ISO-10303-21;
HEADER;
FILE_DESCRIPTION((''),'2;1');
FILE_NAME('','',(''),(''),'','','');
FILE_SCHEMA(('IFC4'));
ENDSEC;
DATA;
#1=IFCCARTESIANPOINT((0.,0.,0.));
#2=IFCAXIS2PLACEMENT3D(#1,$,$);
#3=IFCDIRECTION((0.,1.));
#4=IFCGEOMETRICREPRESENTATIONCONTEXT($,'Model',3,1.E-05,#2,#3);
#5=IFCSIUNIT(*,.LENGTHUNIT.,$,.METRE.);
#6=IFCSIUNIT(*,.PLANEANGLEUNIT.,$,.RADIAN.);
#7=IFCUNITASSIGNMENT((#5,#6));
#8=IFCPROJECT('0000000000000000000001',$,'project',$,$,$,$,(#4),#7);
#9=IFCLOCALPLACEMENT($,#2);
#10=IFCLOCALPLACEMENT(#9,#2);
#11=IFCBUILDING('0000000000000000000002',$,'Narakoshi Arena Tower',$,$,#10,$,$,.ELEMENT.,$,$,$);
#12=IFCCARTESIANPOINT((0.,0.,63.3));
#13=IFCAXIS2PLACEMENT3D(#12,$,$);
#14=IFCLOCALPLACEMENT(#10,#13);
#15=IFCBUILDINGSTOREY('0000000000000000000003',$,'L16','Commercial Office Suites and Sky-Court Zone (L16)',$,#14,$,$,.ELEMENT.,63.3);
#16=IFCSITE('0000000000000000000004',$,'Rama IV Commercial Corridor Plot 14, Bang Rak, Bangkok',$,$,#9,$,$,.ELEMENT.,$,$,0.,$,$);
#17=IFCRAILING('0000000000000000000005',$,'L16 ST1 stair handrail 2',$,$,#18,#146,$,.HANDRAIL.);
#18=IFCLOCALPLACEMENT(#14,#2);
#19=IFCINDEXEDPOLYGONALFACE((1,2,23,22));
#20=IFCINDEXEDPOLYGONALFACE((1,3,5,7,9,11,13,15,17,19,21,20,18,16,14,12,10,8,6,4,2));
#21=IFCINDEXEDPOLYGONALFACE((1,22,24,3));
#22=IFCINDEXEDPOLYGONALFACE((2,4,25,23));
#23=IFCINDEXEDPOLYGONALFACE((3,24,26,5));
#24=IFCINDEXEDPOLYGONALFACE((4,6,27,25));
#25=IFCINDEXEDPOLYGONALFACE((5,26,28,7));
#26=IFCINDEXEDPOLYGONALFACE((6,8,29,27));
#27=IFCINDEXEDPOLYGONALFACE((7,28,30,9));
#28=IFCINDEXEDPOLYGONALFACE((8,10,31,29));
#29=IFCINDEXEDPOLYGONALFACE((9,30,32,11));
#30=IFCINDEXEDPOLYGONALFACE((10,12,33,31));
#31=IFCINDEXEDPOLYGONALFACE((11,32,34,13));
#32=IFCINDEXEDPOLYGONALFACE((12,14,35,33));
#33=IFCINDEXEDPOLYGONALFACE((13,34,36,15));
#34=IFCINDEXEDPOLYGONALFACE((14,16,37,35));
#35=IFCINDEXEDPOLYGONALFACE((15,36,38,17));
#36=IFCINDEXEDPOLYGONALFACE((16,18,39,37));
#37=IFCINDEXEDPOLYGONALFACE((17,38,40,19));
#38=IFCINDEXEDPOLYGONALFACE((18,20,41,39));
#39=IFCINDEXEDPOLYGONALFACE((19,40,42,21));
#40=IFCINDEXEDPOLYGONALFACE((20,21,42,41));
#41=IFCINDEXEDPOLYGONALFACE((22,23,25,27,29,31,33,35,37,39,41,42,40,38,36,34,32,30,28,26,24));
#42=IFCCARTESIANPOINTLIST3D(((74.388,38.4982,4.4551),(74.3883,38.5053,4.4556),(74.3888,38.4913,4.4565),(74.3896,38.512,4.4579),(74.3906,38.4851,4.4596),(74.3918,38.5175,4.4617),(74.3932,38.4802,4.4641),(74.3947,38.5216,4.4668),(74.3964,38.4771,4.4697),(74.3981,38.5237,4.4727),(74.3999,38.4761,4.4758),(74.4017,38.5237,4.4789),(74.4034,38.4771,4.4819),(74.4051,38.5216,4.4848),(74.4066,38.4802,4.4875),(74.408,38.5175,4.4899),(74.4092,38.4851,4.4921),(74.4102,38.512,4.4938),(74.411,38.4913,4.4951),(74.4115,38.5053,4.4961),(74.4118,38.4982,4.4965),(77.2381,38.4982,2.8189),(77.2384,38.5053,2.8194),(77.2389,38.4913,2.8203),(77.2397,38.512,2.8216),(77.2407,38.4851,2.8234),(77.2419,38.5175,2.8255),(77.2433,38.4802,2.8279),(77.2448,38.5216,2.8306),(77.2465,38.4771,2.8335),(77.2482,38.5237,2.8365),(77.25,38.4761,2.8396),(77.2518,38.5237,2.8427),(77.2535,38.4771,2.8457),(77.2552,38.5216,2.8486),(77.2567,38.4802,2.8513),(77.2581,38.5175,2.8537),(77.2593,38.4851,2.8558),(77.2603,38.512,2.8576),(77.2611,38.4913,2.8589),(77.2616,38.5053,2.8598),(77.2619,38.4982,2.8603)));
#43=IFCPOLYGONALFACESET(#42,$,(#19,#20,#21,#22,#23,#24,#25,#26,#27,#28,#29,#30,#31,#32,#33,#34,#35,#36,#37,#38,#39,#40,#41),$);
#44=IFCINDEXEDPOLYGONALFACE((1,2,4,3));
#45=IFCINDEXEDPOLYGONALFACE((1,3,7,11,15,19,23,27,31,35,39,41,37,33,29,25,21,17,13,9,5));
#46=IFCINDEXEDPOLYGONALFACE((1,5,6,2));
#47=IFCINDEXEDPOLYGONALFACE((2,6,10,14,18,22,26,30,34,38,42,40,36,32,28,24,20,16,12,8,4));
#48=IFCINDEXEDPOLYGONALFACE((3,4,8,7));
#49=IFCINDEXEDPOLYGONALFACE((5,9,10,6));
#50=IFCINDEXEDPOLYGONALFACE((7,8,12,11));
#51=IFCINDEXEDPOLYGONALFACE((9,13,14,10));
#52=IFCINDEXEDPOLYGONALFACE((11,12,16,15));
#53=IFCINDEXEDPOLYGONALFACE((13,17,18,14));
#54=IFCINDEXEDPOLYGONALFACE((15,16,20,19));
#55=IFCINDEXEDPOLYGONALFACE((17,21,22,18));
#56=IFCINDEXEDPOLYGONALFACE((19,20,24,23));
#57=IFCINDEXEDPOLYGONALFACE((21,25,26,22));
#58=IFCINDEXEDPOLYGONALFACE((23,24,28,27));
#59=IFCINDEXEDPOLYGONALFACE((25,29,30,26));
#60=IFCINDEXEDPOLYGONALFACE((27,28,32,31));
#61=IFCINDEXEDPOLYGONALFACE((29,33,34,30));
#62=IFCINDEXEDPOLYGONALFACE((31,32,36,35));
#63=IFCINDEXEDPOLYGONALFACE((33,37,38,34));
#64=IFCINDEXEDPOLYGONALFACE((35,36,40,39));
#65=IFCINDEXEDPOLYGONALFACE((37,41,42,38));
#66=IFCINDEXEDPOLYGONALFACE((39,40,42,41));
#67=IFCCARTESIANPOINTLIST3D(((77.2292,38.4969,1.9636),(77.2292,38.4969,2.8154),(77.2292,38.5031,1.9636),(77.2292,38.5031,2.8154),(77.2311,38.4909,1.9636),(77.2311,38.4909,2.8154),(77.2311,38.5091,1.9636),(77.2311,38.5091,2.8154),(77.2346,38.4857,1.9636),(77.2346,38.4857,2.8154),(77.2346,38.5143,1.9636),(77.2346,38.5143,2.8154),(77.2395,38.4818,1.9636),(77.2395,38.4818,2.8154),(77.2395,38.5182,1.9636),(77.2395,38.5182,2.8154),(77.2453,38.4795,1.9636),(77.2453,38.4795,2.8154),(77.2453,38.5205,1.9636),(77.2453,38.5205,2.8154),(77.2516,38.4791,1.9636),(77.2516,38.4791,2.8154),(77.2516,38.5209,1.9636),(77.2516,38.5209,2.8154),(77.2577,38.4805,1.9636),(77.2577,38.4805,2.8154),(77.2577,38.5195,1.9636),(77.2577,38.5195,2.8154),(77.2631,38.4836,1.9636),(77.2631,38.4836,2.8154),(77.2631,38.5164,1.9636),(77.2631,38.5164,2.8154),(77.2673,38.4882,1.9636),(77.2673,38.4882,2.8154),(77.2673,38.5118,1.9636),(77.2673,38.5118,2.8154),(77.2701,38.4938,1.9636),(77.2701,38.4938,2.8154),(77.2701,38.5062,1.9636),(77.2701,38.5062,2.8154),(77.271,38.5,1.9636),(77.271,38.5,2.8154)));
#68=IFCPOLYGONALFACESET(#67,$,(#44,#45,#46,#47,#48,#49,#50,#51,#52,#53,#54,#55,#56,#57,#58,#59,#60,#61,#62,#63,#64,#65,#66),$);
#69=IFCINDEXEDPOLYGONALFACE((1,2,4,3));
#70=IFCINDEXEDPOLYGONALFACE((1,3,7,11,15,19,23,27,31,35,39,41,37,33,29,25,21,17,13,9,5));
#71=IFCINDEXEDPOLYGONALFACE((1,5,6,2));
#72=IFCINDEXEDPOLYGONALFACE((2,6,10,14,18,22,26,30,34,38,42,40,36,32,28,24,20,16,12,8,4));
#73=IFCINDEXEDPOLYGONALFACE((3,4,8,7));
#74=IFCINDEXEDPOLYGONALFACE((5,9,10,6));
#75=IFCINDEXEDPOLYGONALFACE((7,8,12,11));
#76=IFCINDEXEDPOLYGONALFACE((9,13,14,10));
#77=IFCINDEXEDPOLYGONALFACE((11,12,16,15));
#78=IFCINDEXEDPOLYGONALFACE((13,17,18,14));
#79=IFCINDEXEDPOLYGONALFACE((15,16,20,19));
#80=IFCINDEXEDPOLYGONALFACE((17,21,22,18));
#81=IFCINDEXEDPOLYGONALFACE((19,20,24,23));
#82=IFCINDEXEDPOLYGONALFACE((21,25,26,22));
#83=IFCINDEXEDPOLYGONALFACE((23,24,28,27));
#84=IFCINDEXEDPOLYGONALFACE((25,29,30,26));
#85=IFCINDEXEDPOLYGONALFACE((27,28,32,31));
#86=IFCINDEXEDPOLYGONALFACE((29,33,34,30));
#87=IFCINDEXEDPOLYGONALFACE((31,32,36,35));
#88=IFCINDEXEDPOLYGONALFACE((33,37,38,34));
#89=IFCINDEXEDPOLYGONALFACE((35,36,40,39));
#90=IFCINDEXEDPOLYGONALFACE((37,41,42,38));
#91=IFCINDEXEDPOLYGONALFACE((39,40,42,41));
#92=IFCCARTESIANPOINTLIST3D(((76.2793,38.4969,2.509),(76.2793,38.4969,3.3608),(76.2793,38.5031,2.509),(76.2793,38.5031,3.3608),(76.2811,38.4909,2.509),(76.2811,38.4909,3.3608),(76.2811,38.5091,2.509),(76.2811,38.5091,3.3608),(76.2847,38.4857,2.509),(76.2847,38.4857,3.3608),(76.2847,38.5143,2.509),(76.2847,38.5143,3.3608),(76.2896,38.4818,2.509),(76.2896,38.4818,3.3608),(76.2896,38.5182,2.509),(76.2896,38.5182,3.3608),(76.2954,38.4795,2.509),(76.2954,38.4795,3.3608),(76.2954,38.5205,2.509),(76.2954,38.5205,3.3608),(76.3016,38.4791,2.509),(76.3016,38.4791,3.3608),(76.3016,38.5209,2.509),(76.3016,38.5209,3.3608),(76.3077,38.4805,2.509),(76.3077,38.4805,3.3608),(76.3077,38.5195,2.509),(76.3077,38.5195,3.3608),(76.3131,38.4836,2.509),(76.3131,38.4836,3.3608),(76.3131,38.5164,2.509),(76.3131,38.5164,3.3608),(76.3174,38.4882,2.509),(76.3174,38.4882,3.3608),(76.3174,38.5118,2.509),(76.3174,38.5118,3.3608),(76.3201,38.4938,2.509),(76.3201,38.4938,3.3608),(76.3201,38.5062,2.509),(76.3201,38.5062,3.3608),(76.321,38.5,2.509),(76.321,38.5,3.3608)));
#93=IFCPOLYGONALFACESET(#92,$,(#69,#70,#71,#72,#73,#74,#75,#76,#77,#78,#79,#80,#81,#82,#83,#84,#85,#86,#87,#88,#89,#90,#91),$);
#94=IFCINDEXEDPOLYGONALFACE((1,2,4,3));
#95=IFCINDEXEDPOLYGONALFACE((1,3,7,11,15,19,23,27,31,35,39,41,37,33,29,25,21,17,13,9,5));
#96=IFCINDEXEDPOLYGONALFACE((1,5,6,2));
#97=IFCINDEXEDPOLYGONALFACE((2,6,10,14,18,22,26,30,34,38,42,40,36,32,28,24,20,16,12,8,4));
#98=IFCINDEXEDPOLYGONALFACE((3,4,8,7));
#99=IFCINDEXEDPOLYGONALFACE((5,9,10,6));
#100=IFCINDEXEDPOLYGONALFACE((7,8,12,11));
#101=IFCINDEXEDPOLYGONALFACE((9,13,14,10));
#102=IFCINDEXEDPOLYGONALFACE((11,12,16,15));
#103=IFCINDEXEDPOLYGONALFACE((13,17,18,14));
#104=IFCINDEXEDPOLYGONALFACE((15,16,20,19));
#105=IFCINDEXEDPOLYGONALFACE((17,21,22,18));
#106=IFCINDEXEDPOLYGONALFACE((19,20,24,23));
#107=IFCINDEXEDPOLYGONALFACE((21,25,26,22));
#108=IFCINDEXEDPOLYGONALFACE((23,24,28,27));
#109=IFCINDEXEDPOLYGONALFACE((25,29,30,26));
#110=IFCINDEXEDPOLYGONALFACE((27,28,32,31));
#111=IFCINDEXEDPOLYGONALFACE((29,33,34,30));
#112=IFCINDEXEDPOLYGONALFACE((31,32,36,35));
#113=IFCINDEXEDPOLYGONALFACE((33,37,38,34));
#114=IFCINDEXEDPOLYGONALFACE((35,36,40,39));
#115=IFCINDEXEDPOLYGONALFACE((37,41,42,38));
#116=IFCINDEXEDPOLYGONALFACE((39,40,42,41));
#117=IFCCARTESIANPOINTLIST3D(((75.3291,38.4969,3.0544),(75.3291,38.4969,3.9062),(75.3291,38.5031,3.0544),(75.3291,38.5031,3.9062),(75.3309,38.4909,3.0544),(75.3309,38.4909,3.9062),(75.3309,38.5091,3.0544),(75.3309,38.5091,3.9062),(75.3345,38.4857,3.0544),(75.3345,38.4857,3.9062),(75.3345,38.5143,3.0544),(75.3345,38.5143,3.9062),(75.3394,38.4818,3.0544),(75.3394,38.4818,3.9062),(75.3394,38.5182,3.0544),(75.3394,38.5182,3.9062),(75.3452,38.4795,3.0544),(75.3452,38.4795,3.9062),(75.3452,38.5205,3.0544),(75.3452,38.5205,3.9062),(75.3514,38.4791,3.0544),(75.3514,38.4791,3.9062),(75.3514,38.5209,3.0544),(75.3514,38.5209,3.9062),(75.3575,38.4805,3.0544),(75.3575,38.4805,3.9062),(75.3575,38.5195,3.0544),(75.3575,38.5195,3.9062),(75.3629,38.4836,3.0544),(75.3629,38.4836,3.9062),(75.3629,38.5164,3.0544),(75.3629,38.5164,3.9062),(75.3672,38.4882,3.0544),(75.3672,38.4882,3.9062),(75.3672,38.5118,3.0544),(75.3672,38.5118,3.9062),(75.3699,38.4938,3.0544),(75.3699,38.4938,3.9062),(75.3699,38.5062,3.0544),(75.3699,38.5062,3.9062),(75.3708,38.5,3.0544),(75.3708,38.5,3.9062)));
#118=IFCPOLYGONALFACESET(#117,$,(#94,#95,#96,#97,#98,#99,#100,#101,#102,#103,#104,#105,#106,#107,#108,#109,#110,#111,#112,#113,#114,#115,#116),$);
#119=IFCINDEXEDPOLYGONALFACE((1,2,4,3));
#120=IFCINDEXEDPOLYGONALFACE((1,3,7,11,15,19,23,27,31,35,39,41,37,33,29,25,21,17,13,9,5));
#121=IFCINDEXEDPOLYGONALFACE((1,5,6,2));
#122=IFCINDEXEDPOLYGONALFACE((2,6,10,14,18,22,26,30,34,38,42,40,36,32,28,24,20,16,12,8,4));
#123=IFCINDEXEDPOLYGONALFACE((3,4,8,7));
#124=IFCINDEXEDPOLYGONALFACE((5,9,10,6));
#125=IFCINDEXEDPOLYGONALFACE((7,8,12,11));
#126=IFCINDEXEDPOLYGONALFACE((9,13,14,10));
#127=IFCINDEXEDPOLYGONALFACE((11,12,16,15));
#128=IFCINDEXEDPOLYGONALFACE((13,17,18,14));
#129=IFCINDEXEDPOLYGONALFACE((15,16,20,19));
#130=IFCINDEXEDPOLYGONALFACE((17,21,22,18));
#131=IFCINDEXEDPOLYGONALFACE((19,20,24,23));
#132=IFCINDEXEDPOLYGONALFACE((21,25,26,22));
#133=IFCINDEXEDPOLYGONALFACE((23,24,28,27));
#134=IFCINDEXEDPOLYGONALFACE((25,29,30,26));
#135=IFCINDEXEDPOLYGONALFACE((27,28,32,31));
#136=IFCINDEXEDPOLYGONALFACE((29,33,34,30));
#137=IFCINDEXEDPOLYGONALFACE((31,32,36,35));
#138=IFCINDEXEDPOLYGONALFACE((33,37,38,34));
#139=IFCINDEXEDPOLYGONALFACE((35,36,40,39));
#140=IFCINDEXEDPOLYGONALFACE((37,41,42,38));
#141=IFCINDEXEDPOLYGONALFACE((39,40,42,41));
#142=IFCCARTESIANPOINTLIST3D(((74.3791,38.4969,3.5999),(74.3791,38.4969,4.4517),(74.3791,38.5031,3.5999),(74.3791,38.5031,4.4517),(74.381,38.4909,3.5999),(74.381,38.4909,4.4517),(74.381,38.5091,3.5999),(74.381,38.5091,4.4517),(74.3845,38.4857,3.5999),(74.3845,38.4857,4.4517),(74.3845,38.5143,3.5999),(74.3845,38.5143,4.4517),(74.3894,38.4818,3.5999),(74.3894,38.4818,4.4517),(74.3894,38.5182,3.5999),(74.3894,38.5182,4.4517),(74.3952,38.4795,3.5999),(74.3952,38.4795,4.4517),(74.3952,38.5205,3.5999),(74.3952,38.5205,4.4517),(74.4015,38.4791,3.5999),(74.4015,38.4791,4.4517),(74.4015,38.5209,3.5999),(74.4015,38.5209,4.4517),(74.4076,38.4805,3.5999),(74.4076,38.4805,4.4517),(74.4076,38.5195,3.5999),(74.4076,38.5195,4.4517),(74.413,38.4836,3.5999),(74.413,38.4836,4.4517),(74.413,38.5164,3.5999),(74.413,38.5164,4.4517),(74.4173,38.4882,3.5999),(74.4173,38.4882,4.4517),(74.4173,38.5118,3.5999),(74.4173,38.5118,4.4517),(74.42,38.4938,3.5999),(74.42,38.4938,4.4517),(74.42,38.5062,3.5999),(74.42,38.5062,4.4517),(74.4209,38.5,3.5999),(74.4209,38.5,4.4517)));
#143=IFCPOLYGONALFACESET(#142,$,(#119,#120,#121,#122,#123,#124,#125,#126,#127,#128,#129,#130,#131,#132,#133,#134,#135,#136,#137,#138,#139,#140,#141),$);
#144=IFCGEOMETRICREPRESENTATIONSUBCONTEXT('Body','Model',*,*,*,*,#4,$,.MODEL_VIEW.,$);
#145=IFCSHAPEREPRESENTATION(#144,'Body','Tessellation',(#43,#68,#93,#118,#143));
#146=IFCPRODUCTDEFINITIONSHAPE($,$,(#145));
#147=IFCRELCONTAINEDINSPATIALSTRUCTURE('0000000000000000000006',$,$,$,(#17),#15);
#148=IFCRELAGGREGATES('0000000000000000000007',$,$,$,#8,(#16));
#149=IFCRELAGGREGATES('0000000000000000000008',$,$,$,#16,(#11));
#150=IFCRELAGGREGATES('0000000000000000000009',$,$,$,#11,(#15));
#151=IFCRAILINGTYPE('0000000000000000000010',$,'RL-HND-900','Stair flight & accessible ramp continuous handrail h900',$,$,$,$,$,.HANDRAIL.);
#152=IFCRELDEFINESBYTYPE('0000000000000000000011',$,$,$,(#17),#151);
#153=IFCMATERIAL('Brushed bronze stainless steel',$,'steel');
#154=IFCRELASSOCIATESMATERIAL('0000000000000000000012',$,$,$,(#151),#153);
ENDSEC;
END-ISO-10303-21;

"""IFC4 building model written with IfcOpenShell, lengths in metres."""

from ifc_helpers import new_model, si_unit, direction, frame, origin, origin_2d, place, context, subcontext, project, spatial, circle, extrude, material, type_object, element, save


model = new_model("IFC4")

# Units and contexts
model_context = context("Model", 3, precision=1e-05, world=origin(), true_north=direction((0.0, 1.0)))
body_context = subcontext(model_context, "Body", "Model", "MODEL_VIEW")
ifc_project = project(units=[si_unit("LENGTHUNIT", "METRE"), si_unit("PLANEANGLEUNIT", "RADIAN")], contexts=[model_context])

# Site, building, storey
site_placement = place(None, origin())
site = spatial("IfcSite", under=ifc_project, at=site_placement, Name="Rama IV Commercial Corridor Plot 14, Bang Rak, Bangkok", CompositionType="ELEMENT", RefElevation=0.0)
building_placement = place(site_placement, origin())
building = spatial("IfcBuilding", under=site, at=building_placement, Name="Narakoshi Arena Tower", CompositionType="ELEMENT")
storey_placement = place(building_placement, frame((0.0, 0.0, 63.3)))
storey = spatial("IfcBuildingStorey", under=building, at=storey_placement, Name="L16", Description="Commercial Office Suites and Sky-Court Zone (L16)", CompositionType="ELEMENT", Elevation=63.3)

# Railing
ifc_material_1 = material(Name="Brushed bronze stainless steel", Category="steel")
railing_type_1 = type_object("IfcRailingType", Name="RL-HND-900", Description="Stair flight & accessible ramp continuous handrail h900", PredefinedType="HANDRAIL", material=ifc_material_1)
railing_1_placement = place(storey_placement, frame((77.25, 38.5, 1.9636)))
element("IfcRailing", 1, at=railing_1_placement, inside=storey, type_object=railing_type_1, Name="L16 ST1 stair handrail 2", PredefinedType="HANDRAIL", context=body_context, shape_type="SweptSolid", body=[
    extrude(circle(Radius=0.0239, at=origin_2d()), frame((0.0, 0.0, 0.876), z_axis=(-0.867245, 0.0, 0.497882), x_axis=(0.0, -1.0, 0.0)), (0.0, 0.0, 1.0), 3.2864),
    extrude(circle(Radius=0.021, at=origin_2d()), origin(), (0.0, 0.0, 1.0), 0.8518),
    extrude(circle(Radius=0.021, at=origin_2d()), frame((-0.95, 0.0, 0.5454)), (0.0, 0.0, 1.0), 0.8518),
    extrude(circle(Radius=0.021, at=origin_2d()), frame((-1.9001, 0.0, 1.0908)), (0.0, 0.0, 1.0), 0.8518),
    extrude(circle(Radius=0.021, at=origin_2d()), frame((-2.8501, 0.0, 1.6362)), (0.0, 0.0, 1.0), 0.8518),
])

save(model, "model.ifc")
